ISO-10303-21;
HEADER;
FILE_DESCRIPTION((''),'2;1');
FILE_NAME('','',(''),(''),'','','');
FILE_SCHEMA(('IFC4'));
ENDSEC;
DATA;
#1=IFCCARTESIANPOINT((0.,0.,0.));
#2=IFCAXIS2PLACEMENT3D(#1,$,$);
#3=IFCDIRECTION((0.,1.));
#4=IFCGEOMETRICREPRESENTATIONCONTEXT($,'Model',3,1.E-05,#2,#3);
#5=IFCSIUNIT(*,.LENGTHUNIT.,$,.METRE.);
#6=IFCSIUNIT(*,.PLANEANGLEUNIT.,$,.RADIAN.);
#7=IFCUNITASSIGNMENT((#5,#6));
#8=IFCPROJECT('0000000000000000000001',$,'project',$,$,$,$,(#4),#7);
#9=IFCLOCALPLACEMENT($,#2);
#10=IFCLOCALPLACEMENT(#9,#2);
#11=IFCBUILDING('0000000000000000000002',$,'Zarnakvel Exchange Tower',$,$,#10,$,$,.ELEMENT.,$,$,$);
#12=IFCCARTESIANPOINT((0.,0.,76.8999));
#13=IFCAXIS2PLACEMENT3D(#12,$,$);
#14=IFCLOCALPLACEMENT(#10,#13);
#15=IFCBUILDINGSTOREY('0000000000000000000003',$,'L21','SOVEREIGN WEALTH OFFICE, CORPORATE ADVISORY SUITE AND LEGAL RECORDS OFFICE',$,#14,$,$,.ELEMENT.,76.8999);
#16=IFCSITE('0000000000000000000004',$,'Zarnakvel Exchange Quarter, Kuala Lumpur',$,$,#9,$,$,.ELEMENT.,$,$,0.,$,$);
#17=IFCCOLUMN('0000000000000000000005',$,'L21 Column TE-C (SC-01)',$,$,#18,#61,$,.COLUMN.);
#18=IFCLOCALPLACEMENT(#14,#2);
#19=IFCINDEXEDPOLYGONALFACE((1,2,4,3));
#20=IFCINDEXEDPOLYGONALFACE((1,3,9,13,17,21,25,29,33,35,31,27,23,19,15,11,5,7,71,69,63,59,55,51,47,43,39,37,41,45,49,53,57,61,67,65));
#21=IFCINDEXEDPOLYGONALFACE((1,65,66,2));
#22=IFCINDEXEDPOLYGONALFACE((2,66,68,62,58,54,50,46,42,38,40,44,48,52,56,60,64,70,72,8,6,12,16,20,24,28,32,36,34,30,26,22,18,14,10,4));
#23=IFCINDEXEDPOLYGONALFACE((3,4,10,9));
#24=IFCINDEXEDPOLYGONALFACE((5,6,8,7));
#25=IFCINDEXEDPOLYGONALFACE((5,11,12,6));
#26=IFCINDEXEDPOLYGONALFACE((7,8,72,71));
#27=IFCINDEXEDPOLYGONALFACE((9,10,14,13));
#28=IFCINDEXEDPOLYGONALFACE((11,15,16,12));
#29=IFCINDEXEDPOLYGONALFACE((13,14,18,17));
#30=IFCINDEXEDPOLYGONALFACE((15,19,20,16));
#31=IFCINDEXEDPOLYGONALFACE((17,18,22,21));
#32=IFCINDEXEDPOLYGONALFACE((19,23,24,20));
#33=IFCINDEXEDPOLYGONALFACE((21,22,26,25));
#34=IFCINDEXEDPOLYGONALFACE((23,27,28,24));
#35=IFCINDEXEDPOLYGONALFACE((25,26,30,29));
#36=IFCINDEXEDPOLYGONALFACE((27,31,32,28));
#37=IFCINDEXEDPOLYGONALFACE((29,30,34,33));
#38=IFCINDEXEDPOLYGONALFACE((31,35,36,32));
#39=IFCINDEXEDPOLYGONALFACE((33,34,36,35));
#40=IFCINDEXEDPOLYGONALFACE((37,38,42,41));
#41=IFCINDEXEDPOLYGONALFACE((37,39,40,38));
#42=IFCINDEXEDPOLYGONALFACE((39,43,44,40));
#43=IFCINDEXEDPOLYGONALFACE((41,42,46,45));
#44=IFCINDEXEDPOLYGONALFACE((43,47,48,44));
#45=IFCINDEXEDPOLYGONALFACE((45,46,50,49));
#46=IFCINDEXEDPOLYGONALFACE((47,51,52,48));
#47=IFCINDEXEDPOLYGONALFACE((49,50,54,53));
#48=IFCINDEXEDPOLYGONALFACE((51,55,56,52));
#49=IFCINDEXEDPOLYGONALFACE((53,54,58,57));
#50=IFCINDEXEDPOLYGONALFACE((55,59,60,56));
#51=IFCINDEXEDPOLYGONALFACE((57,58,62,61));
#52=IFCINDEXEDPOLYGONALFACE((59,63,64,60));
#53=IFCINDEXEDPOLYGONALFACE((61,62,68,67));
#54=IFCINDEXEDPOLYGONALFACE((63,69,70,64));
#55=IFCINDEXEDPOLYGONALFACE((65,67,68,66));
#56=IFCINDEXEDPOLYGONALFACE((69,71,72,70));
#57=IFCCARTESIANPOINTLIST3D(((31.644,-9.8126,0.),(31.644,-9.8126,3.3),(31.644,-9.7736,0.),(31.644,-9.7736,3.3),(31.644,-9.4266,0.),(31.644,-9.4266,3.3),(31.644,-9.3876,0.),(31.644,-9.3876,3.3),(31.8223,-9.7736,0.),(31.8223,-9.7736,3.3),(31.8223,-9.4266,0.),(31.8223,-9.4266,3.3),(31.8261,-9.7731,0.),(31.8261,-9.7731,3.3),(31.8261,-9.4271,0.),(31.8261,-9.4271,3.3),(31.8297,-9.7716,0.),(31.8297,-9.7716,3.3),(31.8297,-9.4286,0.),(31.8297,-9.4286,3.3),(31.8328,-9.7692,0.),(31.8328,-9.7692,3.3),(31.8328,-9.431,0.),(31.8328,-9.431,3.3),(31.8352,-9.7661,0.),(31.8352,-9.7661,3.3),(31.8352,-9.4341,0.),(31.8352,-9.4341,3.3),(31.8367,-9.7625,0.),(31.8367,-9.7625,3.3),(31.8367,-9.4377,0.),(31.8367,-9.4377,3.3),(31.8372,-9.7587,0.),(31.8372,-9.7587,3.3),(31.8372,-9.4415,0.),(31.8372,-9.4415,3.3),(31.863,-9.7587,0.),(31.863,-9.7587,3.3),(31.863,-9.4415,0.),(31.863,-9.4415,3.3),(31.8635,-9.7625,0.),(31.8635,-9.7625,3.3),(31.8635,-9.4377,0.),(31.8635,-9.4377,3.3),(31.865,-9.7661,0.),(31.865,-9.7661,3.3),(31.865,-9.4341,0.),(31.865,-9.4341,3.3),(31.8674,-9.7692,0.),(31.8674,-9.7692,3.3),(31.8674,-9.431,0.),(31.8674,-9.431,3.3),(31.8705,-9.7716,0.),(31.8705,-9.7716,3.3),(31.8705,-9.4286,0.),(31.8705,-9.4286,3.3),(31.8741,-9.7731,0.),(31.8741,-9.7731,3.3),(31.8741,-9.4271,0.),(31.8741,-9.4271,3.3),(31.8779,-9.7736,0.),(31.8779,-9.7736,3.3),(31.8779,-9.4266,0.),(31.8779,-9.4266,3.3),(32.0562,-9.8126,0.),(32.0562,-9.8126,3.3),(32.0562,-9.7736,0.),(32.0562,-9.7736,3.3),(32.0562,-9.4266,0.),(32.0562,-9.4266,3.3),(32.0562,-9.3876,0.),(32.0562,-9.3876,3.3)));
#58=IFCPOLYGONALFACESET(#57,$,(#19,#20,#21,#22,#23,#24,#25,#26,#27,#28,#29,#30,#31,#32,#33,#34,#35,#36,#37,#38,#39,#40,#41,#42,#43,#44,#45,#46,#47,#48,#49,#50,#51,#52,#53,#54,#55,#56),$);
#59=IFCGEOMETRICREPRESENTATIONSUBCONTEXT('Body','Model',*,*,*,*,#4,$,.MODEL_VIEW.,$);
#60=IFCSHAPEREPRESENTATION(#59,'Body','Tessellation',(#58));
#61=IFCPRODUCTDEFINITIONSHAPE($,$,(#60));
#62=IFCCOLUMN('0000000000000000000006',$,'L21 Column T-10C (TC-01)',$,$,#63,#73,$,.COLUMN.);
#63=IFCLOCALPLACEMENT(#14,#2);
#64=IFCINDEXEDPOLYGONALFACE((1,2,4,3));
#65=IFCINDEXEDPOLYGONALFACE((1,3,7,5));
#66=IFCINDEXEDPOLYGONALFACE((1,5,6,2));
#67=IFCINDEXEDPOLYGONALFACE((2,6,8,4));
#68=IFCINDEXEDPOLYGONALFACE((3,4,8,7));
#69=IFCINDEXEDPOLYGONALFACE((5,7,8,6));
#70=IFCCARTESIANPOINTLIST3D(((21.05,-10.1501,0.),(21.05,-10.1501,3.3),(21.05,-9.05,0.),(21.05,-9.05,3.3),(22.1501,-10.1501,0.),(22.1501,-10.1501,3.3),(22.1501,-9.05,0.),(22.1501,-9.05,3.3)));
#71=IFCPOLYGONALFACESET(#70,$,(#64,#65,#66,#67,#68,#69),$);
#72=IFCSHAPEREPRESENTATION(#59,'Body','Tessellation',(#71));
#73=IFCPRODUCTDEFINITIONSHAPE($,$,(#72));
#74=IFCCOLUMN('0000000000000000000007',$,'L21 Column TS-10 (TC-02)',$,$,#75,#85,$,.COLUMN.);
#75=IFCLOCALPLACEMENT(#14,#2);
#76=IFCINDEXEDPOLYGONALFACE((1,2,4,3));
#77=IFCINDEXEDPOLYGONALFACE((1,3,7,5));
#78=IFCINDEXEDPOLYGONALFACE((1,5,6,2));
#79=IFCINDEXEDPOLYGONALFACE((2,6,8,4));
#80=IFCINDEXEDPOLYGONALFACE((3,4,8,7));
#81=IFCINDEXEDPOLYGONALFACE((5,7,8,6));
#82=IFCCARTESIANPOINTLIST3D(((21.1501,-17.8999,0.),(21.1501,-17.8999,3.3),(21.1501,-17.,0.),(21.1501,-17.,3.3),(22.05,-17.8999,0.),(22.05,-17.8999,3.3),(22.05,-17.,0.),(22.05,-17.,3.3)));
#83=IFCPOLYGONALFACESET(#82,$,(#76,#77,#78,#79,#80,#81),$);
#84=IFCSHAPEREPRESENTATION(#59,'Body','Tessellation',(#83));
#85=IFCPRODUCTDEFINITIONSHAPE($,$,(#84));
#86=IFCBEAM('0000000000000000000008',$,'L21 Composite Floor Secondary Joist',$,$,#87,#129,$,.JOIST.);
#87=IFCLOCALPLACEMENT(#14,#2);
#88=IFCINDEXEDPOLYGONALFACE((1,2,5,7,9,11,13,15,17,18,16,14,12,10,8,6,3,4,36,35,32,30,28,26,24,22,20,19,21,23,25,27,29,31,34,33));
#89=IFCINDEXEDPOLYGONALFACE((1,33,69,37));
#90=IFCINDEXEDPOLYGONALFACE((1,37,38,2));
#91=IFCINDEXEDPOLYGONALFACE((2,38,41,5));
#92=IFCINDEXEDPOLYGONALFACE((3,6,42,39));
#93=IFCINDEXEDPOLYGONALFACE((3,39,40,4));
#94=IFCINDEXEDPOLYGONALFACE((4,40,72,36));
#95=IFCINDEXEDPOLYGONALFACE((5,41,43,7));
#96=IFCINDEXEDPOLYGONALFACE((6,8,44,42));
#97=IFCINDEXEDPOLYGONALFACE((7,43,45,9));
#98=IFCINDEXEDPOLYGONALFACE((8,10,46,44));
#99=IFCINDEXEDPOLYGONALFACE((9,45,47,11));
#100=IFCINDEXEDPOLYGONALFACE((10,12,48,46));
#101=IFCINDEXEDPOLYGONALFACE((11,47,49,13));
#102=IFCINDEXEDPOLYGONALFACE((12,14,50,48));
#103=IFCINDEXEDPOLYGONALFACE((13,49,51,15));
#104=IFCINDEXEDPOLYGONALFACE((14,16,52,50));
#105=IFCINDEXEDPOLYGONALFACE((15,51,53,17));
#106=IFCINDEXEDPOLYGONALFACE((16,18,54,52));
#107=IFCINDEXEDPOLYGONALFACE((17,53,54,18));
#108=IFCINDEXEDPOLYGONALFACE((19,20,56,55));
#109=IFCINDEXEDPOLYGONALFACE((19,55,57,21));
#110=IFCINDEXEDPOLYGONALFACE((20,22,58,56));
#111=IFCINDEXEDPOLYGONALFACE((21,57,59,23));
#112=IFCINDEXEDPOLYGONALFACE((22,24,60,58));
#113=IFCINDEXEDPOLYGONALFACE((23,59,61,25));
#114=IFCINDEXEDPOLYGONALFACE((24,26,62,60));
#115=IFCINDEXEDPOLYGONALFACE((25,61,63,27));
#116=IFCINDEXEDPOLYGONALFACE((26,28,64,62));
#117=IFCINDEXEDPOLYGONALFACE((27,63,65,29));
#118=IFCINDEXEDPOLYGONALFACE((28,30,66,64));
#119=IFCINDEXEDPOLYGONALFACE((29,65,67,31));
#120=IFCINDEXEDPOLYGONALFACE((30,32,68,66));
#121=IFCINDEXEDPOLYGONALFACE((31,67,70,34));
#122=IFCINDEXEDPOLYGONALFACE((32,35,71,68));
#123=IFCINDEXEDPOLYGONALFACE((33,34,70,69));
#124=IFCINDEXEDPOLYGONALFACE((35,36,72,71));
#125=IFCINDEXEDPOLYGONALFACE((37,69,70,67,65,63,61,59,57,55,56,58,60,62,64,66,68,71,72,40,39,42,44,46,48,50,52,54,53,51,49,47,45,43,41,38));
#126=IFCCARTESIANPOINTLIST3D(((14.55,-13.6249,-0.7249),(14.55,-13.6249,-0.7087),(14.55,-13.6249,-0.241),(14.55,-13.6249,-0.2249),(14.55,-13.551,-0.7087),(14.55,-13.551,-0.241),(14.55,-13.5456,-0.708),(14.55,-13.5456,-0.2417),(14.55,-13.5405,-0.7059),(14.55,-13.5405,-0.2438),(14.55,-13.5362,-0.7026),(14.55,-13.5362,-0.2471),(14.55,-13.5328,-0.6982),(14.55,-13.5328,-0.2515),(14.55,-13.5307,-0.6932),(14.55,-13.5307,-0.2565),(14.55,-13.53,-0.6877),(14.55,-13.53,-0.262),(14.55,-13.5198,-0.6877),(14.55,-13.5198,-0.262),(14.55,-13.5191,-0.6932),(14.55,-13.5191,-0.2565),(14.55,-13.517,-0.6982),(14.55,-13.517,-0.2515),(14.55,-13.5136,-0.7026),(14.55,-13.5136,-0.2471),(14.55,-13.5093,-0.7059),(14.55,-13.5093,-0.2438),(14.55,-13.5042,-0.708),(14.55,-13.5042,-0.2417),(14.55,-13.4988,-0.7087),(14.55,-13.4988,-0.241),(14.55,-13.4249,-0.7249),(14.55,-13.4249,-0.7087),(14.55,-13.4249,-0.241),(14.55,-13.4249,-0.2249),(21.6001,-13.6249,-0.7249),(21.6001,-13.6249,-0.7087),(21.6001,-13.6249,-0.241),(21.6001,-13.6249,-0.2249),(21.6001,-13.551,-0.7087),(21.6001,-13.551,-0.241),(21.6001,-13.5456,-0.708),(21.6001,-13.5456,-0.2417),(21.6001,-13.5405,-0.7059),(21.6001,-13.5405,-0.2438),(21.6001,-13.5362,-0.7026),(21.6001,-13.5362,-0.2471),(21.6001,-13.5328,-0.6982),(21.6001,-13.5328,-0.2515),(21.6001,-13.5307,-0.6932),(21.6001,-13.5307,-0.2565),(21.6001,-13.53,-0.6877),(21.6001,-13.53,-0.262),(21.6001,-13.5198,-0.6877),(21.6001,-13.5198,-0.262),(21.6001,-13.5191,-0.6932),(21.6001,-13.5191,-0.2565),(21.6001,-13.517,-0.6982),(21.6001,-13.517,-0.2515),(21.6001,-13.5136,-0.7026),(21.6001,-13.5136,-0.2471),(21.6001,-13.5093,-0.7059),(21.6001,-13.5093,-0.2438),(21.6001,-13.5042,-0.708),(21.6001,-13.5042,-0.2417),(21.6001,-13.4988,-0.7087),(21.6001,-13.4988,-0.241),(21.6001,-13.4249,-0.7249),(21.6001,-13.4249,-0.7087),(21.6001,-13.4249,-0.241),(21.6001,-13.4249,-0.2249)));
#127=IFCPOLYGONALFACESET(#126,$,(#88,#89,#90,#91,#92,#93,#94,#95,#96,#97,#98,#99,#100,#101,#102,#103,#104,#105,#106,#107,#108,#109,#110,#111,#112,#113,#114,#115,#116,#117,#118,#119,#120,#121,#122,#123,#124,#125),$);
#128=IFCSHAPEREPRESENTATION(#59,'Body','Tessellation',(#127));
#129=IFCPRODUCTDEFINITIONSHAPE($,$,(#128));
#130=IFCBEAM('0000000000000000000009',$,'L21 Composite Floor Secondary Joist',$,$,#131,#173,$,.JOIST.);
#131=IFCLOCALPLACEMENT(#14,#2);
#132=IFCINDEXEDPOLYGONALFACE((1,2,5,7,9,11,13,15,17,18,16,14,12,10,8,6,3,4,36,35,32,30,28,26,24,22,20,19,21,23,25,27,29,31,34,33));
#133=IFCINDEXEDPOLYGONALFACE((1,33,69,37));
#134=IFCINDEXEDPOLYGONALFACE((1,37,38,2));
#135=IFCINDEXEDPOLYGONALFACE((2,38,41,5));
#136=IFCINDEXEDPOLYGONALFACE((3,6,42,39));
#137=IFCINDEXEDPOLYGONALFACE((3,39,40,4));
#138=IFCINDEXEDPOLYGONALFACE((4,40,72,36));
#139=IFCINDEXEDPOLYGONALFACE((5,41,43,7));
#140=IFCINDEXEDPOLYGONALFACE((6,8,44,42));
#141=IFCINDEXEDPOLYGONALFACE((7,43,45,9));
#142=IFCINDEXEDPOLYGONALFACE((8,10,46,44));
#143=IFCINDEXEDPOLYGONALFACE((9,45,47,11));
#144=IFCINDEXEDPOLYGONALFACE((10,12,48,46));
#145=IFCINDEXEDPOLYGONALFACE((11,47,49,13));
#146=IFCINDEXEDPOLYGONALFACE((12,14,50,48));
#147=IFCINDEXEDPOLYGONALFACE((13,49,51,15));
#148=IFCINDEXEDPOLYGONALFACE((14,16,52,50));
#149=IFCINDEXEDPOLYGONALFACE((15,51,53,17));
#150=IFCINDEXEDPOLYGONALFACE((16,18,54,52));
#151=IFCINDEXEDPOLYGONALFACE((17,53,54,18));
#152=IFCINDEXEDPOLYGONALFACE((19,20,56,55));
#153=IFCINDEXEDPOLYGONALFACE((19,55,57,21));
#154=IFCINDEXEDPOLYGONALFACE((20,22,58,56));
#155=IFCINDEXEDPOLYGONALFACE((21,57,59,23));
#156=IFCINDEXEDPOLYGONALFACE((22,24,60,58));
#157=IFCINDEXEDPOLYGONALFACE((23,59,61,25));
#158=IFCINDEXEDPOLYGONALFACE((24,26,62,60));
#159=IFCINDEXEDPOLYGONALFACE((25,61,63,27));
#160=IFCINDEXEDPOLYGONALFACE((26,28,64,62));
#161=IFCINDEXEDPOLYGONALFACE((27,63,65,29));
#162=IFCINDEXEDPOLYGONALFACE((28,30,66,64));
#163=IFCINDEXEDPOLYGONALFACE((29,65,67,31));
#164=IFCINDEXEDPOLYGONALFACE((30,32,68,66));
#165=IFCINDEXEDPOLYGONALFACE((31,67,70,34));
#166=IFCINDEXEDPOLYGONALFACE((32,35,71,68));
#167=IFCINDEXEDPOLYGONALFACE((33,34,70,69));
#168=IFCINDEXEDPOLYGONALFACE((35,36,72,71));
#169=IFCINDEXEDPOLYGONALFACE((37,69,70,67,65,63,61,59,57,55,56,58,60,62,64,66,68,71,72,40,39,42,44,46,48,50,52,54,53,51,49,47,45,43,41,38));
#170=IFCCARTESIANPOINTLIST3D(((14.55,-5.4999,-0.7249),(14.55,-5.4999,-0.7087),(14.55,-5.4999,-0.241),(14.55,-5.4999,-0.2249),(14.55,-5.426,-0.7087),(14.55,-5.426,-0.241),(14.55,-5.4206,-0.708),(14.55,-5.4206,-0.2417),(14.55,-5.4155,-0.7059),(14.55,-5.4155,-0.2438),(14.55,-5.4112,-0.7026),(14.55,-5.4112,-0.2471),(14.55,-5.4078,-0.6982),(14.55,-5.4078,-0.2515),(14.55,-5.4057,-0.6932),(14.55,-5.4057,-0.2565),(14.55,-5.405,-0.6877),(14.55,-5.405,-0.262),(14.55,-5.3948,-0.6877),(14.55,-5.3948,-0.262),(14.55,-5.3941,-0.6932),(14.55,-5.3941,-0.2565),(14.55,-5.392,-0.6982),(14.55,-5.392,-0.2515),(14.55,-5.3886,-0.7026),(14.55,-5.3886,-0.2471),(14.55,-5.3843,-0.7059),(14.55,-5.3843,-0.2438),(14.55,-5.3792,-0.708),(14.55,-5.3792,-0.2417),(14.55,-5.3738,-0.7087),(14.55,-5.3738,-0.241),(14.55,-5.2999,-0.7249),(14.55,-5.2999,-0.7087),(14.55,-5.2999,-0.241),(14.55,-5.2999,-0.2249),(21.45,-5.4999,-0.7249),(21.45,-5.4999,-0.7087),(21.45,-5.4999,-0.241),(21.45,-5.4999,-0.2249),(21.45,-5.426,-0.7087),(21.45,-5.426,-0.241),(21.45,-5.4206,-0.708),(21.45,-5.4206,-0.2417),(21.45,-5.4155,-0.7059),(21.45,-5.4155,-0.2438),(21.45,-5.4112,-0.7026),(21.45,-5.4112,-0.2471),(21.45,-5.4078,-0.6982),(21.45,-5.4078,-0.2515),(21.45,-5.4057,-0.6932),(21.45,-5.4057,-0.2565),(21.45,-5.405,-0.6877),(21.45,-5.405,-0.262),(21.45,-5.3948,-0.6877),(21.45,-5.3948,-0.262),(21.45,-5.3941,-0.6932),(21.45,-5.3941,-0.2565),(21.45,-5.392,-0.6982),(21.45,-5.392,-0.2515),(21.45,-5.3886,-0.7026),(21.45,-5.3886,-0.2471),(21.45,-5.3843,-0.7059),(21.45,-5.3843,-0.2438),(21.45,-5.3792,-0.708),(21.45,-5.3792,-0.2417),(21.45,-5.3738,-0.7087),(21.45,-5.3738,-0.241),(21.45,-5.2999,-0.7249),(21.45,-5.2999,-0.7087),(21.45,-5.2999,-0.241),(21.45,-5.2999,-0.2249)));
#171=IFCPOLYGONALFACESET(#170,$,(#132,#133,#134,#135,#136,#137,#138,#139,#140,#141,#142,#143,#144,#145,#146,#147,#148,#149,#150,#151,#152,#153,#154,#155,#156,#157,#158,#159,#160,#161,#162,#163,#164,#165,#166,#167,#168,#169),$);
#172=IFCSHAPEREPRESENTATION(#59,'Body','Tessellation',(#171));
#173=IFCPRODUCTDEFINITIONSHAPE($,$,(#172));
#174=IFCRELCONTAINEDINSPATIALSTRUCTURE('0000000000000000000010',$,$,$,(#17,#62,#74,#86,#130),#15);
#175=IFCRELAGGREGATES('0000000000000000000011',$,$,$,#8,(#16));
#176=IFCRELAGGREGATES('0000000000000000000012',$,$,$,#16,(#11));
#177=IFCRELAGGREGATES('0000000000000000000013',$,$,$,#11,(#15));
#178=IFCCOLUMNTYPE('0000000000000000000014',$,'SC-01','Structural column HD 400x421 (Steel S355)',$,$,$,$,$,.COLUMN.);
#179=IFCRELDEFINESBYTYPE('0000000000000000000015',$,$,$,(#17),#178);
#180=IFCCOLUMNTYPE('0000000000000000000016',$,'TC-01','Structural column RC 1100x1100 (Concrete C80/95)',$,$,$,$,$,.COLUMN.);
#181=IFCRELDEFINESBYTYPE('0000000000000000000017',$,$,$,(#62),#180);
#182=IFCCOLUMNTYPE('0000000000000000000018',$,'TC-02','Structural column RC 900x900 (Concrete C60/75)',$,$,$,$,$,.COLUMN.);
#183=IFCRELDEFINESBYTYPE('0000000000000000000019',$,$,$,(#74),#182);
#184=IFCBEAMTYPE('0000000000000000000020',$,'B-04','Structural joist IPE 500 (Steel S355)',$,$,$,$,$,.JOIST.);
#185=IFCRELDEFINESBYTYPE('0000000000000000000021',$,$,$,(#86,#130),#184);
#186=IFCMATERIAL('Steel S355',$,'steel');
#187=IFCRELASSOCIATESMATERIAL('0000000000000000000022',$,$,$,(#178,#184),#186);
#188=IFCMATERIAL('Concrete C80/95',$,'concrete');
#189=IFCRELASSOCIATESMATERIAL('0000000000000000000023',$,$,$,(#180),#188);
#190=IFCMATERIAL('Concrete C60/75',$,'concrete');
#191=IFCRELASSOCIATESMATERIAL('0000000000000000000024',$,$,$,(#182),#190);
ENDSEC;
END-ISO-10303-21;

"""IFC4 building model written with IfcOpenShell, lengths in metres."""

from ifc_helpers import new_model, si_unit, direction, frame, origin, origin_2d, place, context, subcontext, project, spatial, rectangle, i_section, extrude, material, material_profile, profile_set, type_object, element, save


model = new_model("IFC4")

# Units and contexts
model_context = context("Model", 3, precision=1e-05, world=origin(), true_north=direction((0.0, 1.0)))
body_context = subcontext(model_context, "Body", "Model", "MODEL_VIEW")
ifc_project = project(units=[si_unit("LENGTHUNIT", "METRE"), si_unit("PLANEANGLEUNIT", "RADIAN")], contexts=[model_context])

# Site, building, storey
site_placement = place(None, origin())
site = spatial("IfcSite", under=ifc_project, at=site_placement, Name="Zarnakvel Exchange Quarter, Kuala Lumpur", CompositionType="ELEMENT", RefElevation=0.0)
building_placement = place(site_placement, origin())
building = spatial("IfcBuilding", under=site, at=building_placement, Name="Zarnakvel Exchange Tower", CompositionType="ELEMENT")
storey_placement = place(building_placement, frame((0.0, 0.0, 76.8999)))
storey = spatial("IfcBuildingStorey", under=building, at=storey_placement, Name="L21", Description="SOVEREIGN WEALTH OFFICE, CORPORATE ADVISORY SUITE AND LEGAL RECORDS OFFICE", CompositionType="ELEMENT", Elevation=76.8999)

# Columns
ifc_material_1 = material(Name="Steel S355", Category="steel")
ifc_material_profile_1 = material_profile(ifc_material_1, i_section(OverallWidth=0.4121, OverallDepth=0.425, WebThickness=0.0259, FlangeThickness=0.0391, FilletRadius=0.0149, at=origin_2d()))
ifc_profile_set_1 = profile_set([ifc_material_profile_1], Name="Steel S355")
column_type_1 = type_object("IfcColumnType", Name="SC-01", Description="Structural column HD 400x421 (Steel S355)", PredefinedType="COLUMN", material=ifc_profile_set_1)
column_1_placement = place(storey_placement, frame((31.8501, -9.6001, 0.0), z_axis=(0.0, 0.0, 1.0), x_axis=(1.0, 0.0, 0.0)))
element("IfcColumn", 1, at=column_1_placement, inside=storey, type_object=column_type_1, Name="L21 Column TE-C (SC-01)", PredefinedType="COLUMN", context=body_context, shape_type="SweptSolid", body=[
    extrude(i_section(OverallWidth=0.4121, OverallDepth=0.425, WebThickness=0.0259, FlangeThickness=0.0391, FilletRadius=0.0149, at=origin_2d()), origin(), (0.0, 0.0, 1.0), 3.3),
])
ifc_material_2 = material(Name="Concrete C80/95", Category="concrete")
ifc_material_profile_2 = material_profile(ifc_material_2, rectangle(XDim=1.1001, YDim=1.1001, at=origin_2d()))
ifc_profile_set_2 = profile_set([ifc_material_profile_2], Name="Concrete C80/95")
column_type_2 = type_object("IfcColumnType", Name="TC-01", Description="Structural column RC 1100x1100 (Concrete C80/95)", PredefinedType="COLUMN", material=ifc_profile_set_2)
column_2_placement = place(storey_placement, frame((21.6001, -9.6001, 0.0), z_axis=(0.0, 0.0, 1.0), x_axis=(1.0, 0.0, 0.0)))
element("IfcColumn", 2, at=column_2_placement, inside=storey, type_object=column_type_2, Name="L21 Column T-10C (TC-01)", PredefinedType="COLUMN", context=body_context, shape_type="SweptSolid", body=[
    extrude(rectangle(XDim=1.1001, YDim=1.1001, at=origin_2d()), origin(), (0.0, 0.0, 1.0), 3.3),
])
ifc_material_3 = material(Name="Concrete C60/75", Category="concrete")
ifc_material_profile_3 = material_profile(ifc_material_3, rectangle(XDim=0.8999, YDim=0.8999, at=origin_2d()))
ifc_profile_set_3 = profile_set([ifc_material_profile_3], Name="Concrete C60/75")
column_type_3 = type_object("IfcColumnType", Name="TC-02", Description="Structural column RC 900x900 (Concrete C60/75)", PredefinedType="COLUMN", material=ifc_profile_set_3)
column_3_placement = place(storey_placement, frame((21.6001, -17.45, 0.0), z_axis=(0.0, 0.0, 1.0), x_axis=(1.0, 0.0, 0.0)))
element("IfcColumn", 3, at=column_3_placement, inside=storey, type_object=column_type_3, Name="L21 Column TS-10 (TC-02)", PredefinedType="COLUMN", context=body_context, shape_type="SweptSolid", body=[
    extrude(rectangle(XDim=0.8999, YDim=0.8999, at=origin_2d()), origin(), (0.0, 0.0, 1.0), 3.3),
])

# Beams
ifc_material_profile_4 = material_profile(ifc_material_1, i_section(OverallWidth=0.2, OverallDepth=0.5, WebThickness=0.0103, FlangeThickness=0.0161, FilletRadius=0.021, at=origin_2d()))
ifc_profile_set_4 = profile_set([ifc_material_profile_4], Name="Steel S355")
beam_type_1 = type_object("IfcBeamType", Name="B-04", Description="Structural joist IPE 500 (Steel S355)", PredefinedType="JOIST", material=ifc_profile_set_4)
beam_1_placement = place(storey_placement, frame((14.55, -13.5249, -0.4749), z_axis=(1.0, 0.0, 0.0), x_axis=(0.0, 1.0, 0.0)))
element("IfcBeam", 4, at=beam_1_placement, inside=storey, type_object=beam_type_1, Name="L21 Composite Floor Secondary Joist", PredefinedType="JOIST", context=body_context, shape_type="SweptSolid", body=[
    extrude(i_section(OverallWidth=0.2, OverallDepth=0.5, WebThickness=0.0103, FlangeThickness=0.0161, FilletRadius=0.021, at=origin_2d()), origin(), (0.0, 0.0, 1.0), 7.05),
])
beam_2_placement = place(storey_placement, frame((14.55, -5.3999, -0.4749), z_axis=(1.0, 0.0, 0.0), x_axis=(0.0, 1.0, 0.0)))
element("IfcBeam", 5, at=beam_2_placement, inside=storey, type_object=beam_type_1, Name="L21 Composite Floor Secondary Joist", PredefinedType="JOIST", context=body_context, shape_type="SweptSolid", body=[
    extrude(i_section(OverallWidth=0.2, OverallDepth=0.5, WebThickness=0.0103, FlangeThickness=0.0161, FilletRadius=0.021, at=origin_2d()), origin(), (0.0, 0.0, 1.0), 6.8999),
])

save(model, "model.ifc")
